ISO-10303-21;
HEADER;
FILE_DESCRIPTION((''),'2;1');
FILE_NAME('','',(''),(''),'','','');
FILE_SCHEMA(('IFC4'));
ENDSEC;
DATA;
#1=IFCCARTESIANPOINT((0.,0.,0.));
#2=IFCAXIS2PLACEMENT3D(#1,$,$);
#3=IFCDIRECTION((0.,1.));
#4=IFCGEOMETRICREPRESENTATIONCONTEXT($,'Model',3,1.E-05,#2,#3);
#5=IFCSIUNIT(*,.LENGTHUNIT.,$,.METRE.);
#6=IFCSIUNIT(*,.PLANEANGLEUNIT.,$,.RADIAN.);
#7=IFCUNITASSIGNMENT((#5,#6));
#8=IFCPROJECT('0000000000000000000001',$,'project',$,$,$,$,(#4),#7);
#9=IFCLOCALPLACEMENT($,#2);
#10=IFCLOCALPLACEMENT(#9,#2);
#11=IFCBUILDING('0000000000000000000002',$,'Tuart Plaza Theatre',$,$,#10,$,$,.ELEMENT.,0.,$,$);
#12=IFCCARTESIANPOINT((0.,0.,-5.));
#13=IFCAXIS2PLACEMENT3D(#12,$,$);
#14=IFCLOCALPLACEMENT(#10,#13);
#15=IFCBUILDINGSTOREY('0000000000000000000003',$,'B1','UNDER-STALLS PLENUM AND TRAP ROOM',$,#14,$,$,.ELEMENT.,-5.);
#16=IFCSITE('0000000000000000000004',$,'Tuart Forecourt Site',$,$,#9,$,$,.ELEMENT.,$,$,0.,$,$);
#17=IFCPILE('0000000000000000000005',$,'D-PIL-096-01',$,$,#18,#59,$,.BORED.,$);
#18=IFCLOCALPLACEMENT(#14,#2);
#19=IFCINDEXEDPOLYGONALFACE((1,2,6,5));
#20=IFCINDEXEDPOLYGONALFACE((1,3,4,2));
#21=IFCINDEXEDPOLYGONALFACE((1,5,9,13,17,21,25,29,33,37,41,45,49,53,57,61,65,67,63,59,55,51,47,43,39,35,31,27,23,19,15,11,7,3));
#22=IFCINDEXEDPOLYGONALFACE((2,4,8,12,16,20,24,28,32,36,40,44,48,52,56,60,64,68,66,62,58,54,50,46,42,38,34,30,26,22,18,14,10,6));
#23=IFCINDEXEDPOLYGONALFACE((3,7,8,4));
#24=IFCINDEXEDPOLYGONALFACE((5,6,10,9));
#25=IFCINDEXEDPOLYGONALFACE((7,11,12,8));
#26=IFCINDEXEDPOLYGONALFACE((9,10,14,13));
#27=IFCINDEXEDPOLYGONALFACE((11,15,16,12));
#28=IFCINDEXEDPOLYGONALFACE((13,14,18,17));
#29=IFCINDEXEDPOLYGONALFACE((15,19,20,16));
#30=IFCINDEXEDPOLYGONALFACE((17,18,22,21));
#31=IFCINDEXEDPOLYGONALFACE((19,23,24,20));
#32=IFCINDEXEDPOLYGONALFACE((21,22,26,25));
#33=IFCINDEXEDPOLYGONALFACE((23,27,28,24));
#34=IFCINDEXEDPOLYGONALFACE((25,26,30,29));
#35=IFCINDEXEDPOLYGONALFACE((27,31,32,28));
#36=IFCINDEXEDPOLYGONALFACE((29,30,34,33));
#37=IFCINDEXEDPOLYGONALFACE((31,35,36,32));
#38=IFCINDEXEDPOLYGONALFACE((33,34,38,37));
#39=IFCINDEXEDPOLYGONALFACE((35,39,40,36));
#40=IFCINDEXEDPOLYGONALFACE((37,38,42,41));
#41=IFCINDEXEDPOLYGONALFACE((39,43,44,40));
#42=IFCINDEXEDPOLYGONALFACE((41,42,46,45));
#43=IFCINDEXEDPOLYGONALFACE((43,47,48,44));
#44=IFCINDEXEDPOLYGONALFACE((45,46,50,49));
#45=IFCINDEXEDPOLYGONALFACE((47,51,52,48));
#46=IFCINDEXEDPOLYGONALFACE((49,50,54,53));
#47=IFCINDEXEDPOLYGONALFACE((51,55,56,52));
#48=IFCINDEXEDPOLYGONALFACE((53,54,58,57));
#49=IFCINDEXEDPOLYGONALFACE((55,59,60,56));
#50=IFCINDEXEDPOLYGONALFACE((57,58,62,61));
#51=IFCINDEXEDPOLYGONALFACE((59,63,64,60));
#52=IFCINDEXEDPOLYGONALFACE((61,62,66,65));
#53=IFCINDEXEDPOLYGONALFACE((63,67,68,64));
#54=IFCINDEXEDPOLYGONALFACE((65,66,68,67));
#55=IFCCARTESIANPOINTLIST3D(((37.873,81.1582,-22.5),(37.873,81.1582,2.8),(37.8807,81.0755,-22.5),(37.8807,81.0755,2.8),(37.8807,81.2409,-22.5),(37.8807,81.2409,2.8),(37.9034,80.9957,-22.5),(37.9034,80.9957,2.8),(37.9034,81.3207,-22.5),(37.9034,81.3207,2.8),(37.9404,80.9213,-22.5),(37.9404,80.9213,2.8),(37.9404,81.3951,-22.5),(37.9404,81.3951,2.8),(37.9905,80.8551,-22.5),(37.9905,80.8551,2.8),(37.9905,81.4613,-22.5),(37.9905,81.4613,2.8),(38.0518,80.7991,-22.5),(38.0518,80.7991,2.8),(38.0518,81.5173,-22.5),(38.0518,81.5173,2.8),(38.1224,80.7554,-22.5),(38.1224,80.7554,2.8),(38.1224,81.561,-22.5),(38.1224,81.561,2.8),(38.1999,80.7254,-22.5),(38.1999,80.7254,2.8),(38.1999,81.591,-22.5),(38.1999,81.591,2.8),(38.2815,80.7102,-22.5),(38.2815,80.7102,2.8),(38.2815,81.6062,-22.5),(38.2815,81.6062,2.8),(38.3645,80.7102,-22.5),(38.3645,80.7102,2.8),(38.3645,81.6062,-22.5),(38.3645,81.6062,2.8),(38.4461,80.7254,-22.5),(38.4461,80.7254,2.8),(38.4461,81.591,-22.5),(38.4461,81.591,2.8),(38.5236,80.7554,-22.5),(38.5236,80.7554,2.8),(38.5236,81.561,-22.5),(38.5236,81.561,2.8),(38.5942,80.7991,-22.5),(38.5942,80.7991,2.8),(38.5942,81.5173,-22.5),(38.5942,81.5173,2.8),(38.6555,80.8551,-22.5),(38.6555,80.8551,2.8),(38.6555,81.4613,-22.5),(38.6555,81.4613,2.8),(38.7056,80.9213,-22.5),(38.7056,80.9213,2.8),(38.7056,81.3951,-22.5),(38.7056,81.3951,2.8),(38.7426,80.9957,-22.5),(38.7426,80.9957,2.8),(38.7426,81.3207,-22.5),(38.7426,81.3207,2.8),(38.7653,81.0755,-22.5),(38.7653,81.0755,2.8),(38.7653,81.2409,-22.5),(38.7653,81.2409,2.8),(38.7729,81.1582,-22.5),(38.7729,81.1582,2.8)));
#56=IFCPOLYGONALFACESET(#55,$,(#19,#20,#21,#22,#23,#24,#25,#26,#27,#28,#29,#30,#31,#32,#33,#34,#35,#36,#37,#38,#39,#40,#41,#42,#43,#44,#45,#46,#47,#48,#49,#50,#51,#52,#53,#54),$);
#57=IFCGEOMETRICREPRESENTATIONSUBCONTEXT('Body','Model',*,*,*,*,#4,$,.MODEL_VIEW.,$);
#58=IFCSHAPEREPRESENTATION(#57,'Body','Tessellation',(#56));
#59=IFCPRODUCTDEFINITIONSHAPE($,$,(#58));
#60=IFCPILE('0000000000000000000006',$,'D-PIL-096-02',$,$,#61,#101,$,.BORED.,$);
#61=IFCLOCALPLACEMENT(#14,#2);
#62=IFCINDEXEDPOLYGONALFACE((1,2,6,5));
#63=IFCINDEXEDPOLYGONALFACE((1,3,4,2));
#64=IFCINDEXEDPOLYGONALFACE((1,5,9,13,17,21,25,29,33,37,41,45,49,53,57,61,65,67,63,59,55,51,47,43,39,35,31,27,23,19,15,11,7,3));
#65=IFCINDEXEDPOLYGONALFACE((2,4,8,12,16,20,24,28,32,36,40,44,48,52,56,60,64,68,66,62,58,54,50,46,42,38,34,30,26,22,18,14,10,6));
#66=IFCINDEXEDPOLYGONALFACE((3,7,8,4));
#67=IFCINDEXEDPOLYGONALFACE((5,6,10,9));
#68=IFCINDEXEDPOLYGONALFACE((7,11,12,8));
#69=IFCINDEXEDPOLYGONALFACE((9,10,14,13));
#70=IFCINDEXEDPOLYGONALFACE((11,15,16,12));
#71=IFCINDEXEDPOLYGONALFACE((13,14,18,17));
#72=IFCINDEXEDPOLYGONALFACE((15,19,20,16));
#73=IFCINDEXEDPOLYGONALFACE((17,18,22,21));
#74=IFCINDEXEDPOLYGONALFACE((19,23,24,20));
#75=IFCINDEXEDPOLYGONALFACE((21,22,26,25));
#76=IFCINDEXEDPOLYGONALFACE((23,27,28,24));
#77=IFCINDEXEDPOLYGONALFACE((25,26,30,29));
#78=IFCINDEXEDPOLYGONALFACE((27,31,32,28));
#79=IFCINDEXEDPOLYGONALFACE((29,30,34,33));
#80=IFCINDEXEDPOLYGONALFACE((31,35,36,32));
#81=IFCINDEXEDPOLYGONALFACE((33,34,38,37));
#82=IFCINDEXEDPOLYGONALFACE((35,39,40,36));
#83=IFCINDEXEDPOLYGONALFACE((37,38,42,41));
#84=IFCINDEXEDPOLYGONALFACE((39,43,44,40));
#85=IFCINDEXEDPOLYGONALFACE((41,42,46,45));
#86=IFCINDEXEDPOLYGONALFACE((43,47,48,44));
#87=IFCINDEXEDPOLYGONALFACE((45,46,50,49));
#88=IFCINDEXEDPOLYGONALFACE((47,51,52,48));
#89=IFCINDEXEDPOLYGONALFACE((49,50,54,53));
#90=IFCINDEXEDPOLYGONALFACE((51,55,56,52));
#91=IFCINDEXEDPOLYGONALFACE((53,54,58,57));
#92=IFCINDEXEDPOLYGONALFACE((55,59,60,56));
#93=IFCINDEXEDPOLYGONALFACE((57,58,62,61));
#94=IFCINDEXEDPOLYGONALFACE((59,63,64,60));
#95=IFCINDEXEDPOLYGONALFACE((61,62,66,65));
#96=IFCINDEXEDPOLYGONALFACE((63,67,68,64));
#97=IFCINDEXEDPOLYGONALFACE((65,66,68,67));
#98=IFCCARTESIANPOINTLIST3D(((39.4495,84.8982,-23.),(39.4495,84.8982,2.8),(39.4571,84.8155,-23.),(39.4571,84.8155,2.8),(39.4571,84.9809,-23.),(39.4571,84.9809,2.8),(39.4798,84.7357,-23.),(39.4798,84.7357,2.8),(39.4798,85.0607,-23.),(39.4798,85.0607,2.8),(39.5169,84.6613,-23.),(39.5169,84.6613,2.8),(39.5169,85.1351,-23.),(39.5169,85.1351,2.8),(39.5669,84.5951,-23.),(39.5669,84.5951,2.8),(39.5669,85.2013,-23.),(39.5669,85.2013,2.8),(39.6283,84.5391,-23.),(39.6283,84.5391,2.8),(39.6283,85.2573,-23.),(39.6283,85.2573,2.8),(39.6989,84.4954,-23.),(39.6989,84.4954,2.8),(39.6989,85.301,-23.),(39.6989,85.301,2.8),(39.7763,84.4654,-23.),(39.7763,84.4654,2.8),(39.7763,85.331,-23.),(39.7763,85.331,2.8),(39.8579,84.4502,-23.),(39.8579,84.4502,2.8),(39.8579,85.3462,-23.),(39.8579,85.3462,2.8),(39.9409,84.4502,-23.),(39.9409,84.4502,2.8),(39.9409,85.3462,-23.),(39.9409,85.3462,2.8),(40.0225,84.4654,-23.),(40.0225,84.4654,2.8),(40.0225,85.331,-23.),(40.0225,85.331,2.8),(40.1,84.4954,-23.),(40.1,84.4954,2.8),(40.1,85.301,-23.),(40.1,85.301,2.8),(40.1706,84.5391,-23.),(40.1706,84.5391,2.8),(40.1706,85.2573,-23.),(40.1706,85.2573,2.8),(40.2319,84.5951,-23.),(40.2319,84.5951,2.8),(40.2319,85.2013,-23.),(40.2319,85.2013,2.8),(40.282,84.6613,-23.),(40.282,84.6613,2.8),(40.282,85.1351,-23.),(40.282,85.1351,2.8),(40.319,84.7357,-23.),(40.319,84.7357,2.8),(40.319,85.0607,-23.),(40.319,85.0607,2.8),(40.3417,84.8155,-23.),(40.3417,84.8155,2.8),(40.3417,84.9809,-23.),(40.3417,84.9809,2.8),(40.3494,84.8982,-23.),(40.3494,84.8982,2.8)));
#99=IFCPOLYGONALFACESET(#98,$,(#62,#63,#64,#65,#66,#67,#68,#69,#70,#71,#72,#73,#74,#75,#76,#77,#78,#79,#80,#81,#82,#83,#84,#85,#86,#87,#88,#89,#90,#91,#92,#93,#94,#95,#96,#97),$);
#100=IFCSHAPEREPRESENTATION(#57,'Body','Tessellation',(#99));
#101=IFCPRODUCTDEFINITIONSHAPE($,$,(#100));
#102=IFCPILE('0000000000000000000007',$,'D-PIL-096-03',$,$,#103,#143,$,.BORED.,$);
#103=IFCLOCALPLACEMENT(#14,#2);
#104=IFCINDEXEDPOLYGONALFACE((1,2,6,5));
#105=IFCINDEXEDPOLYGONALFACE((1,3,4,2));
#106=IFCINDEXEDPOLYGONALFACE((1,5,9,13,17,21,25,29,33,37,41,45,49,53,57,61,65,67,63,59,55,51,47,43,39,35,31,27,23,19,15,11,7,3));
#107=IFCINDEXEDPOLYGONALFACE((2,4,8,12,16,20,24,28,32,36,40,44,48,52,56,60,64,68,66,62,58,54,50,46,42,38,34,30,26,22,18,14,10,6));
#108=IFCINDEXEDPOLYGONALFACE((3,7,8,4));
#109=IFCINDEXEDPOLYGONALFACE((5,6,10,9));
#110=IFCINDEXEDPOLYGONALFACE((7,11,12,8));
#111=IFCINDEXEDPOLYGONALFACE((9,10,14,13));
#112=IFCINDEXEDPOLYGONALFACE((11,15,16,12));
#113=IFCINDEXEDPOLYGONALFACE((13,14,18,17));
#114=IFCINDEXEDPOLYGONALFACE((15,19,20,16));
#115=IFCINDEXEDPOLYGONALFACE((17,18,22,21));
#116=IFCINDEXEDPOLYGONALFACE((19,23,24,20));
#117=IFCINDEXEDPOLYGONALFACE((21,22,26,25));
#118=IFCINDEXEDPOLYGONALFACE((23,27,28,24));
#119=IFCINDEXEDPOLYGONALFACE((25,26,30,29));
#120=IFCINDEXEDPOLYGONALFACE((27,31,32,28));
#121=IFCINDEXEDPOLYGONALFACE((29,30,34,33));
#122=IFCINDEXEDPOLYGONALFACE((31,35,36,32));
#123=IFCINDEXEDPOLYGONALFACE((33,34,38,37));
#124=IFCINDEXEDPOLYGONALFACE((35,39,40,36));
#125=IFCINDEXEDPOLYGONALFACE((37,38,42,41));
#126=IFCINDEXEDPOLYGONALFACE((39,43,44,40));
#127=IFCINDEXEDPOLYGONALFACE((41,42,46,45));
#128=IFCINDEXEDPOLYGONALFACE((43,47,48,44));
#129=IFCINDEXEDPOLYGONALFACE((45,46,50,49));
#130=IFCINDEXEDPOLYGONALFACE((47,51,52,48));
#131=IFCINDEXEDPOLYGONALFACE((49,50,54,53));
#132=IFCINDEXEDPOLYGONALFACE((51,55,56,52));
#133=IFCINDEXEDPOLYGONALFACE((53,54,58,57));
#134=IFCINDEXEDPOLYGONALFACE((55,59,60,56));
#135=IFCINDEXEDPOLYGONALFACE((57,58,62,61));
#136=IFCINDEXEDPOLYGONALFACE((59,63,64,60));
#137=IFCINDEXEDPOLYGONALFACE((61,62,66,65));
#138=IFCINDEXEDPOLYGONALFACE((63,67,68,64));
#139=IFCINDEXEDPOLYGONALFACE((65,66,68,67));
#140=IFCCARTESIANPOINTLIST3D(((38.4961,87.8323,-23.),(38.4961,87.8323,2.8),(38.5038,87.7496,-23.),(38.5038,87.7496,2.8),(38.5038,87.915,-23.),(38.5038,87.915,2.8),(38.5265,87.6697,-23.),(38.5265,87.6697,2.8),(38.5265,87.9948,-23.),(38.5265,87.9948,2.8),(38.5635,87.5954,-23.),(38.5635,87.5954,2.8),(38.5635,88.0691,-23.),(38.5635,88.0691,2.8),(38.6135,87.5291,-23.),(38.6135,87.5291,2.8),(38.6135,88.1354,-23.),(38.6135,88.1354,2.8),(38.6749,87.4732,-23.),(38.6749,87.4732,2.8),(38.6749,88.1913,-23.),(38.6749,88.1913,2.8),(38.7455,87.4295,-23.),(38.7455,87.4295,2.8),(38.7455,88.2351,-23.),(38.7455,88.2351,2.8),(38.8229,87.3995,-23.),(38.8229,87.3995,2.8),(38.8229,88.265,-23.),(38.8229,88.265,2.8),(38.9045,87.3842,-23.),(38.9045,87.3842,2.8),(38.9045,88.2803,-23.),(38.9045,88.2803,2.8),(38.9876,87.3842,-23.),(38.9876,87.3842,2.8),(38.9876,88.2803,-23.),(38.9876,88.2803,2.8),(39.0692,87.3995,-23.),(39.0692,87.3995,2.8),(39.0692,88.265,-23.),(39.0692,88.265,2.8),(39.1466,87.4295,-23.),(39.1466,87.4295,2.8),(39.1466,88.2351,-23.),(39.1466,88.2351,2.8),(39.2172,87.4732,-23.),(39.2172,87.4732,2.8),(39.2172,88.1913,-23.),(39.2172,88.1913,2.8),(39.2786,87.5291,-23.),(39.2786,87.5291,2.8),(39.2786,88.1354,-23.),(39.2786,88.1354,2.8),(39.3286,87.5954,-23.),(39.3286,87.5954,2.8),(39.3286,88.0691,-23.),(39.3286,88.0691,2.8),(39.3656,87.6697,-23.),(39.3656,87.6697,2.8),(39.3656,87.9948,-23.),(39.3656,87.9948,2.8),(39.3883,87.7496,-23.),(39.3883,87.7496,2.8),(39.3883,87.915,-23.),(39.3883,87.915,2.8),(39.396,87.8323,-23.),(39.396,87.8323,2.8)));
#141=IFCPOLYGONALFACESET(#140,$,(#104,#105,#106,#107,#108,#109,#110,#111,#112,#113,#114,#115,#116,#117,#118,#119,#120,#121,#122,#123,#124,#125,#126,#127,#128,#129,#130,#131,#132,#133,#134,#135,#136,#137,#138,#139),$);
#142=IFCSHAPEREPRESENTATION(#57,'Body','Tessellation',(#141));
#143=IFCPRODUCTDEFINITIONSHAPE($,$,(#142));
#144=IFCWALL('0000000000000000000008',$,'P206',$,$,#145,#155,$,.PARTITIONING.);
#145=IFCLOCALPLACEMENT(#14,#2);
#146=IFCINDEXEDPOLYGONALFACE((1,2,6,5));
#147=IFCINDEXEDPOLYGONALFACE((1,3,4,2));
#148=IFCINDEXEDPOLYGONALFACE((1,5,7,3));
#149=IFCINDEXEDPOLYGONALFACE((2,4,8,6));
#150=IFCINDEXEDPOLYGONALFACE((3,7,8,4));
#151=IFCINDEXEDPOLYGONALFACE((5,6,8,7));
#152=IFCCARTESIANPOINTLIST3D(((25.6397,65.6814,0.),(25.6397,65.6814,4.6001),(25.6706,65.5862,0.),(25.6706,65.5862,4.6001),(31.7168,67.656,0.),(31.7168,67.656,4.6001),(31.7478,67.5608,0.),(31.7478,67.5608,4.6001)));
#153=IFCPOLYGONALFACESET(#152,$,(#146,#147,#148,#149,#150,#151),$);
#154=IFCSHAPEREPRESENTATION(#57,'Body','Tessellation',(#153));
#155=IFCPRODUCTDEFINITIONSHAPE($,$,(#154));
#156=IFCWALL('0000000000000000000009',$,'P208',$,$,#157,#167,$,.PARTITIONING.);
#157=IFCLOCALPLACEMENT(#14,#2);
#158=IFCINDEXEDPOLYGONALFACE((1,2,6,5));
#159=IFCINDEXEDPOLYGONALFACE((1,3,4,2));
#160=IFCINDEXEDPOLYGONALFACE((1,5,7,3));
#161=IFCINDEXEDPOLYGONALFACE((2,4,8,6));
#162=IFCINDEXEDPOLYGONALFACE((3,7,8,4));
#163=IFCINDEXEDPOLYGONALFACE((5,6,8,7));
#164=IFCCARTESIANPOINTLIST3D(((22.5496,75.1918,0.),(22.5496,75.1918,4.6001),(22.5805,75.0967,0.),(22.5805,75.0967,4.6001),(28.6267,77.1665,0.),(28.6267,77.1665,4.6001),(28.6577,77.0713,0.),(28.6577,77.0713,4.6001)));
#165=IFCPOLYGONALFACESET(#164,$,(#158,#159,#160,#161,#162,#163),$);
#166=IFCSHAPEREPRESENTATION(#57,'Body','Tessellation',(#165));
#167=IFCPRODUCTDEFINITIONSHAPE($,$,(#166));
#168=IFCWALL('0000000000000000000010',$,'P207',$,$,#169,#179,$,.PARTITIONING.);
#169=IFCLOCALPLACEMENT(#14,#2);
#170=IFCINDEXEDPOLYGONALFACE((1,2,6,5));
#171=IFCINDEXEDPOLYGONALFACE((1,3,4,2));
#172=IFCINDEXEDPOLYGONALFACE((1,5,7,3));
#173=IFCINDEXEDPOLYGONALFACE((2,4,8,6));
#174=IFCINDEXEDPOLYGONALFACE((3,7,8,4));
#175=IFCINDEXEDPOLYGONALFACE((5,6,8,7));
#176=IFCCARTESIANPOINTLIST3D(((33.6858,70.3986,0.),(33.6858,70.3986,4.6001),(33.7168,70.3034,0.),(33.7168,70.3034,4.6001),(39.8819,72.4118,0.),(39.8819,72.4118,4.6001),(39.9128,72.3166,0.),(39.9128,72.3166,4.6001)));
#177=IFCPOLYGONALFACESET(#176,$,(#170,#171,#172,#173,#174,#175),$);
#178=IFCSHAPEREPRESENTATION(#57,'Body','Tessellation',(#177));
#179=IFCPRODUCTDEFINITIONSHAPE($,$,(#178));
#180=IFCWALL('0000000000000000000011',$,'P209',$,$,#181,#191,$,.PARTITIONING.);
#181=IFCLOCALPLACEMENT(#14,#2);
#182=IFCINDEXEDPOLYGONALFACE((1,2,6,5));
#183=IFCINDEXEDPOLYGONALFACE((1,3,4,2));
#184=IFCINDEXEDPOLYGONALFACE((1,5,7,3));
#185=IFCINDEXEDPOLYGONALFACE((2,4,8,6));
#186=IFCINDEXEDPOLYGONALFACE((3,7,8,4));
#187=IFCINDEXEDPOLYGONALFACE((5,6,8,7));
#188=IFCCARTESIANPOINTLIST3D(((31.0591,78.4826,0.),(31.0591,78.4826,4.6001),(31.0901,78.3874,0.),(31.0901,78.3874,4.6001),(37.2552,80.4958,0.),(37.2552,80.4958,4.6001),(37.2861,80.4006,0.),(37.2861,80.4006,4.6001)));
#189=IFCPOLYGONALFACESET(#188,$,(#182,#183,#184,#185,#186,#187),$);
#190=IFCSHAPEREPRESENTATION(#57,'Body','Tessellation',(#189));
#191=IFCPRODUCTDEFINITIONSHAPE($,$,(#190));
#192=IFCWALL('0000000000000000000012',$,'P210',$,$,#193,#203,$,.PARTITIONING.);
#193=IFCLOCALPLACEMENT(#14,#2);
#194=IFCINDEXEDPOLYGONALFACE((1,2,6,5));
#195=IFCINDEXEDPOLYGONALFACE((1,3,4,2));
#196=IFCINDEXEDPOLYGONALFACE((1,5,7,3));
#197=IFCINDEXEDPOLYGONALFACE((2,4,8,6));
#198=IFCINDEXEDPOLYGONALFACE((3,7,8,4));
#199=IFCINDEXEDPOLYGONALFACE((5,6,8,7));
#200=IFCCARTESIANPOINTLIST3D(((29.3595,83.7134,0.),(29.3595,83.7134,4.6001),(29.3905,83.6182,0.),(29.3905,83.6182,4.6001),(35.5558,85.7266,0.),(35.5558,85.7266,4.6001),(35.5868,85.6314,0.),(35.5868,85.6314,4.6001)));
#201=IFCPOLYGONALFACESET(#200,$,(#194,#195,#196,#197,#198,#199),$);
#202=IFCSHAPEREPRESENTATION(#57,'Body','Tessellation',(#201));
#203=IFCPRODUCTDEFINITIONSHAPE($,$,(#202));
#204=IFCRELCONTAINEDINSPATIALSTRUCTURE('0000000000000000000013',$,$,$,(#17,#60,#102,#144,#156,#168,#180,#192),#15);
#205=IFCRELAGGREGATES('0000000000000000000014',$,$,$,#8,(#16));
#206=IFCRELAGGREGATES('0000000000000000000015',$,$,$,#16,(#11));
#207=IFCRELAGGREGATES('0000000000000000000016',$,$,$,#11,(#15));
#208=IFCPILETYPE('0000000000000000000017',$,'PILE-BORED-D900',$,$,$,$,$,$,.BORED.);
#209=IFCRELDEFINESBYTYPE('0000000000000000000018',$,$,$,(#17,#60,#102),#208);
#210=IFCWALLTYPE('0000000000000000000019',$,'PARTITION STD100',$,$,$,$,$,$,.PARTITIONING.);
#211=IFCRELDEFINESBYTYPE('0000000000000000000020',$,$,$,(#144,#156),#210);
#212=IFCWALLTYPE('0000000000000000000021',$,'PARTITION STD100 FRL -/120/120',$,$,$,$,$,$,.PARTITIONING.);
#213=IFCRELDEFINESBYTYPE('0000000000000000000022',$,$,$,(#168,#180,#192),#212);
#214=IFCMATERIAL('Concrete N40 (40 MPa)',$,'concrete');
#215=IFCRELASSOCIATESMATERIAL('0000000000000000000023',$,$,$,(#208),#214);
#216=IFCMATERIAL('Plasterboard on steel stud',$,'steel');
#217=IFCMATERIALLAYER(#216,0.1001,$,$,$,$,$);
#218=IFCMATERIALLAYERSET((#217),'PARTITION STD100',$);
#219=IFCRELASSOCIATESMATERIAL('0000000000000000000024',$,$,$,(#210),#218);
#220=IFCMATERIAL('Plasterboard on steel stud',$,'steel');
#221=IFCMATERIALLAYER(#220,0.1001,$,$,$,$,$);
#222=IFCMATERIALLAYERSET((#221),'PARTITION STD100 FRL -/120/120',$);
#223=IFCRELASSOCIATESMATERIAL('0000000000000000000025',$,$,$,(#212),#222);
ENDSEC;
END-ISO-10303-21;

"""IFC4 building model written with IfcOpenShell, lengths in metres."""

from ifc_helpers import new_model, si_unit, direction, frame, frame_2d, origin, origin_2d, place, context, subcontext, project, spatial, rectangle, circle, extrude, material, layer, layer_set, material_profile, profile_set, type_object, element, save


model = new_model("IFC4")

# Units and contexts
model_context = context("Model", 3, precision=1e-05, world=origin(), true_north=direction((0.0, 1.0)))
body_context = subcontext(model_context, "Body", "Model", "MODEL_VIEW")
ifc_project = project(units=[si_unit("LENGTHUNIT", "METRE"), si_unit("PLANEANGLEUNIT", "RADIAN")], contexts=[model_context])

# Site, building, storey
site_placement = place(None, origin())
site = spatial("IfcSite", under=ifc_project, at=site_placement, Name="Tuart Forecourt Site", CompositionType="ELEMENT", RefElevation=0.0)
building_placement = place(site_placement, origin())
building = spatial("IfcBuilding", under=site, at=building_placement, Name="Tuart Plaza Theatre", CompositionType="ELEMENT", ElevationOfRefHeight=0.0)
storey_placement = place(building_placement, frame((0.0, 0.0, -5.0)))
storey = spatial("IfcBuildingStorey", under=building, at=storey_placement, Name="B1", Description="UNDER-STALLS PLENUM AND TRAP ROOM", CompositionType="ELEMENT", Elevation=-5.0)

# Piles
ifc_material_1 = material(Name="Concrete N40 (40 MPa)", Category="concrete")
ifc_material_profile = material_profile(ifc_material_1, circle(Radius=0.45, at=origin_2d()), Name="PILE-BORED-D900")
ifc_profile_set = profile_set([ifc_material_profile], Name="Concrete N40 (40 MPa)")
pile_type = type_object("IfcPileType", Name="PILE-BORED-D900", PredefinedType="BORED", material=ifc_profile_set)
pile_placement = place(storey_placement, frame((38.323, 81.1582, 2.8), z_axis=(0.0, 0.0, -1.0), x_axis=(1.0, 0.0, 0.0)))
element("IfcPile", 1, at=pile_placement, inside=storey, type_object=pile_type, Name="D-PIL-096-01", PredefinedType="BORED", context=body_context, shape_type="SweptSolid", body=[
    extrude(circle(Radius=0.45, at=origin_2d()), origin(), (0.0, 0.0, 1.0), 25.3),
])
for number, where, z_axis, x_axis, name in (
    (2, (39.8994, 84.8982, 2.8), (0.0, 0.0, -1.0), (1.0, 0.0, 0.0), "D-PIL-096-02"),
    (3, (38.946, 87.8323, 2.8), (0.0, 0.0, -1.0), (1.0, 0.0, 0.0), "D-PIL-096-03"),
):
    element("IfcPile", number, at=place(storey_placement, frame(where, z_axis=z_axis, x_axis=x_axis)), inside=storey, type_object=pile_type, Name=name, PredefinedType="BORED", context=body_context, shape_type="SweptSolid", body=[
        extrude(circle(Radius=0.45, at=origin_2d()), origin(), (0.0, 0.0, 1.0), 25.8),
    ])

# Walls
ifc_material_2 = material(Name="Plasterboard on steel stud", Category="steel")
ifc_layer_1 = layer(ifc_material_2, 0.1001)
ifc_layer_set_1 = layer_set([ifc_layer_1], Name="PARTITION STD100")
wall_type_1 = type_object("IfcWallType", Name="PARTITION STD100", PredefinedType="PARTITIONING", material=ifc_layer_set_1)
for number, where, z_axis, x_axis, name in (
    (4, (25.6553, 65.6338, 0.0), (0.0, 0.0, 1.0), (0.951055, 0.30902, 0.0), "P206"),
    (5, (22.5652, 75.1443, 0.0), (0.0, 0.0, 1.0), (0.951055, 0.30902, 0.0), "P208"),
):
    element("IfcWall", number, at=place(storey_placement, frame(where, z_axis=z_axis, x_axis=x_axis)), inside=storey, type_object=wall_type_1, Name=name, PredefinedType="PARTITIONING", context=body_context, shape_type="SweptSolid", body=[
        extrude(rectangle(XDim=6.3899, YDim=0.1001, at=frame_2d((3.1948, 0.0))), origin(), (0.0, 0.0, 1.0), 4.6001),
    ])
ifc_material_3 = material(Name="Plasterboard on steel stud", Category="steel")
ifc_layer_2 = layer(ifc_material_3, 0.1001)
ifc_layer_set_2 = layer_set([ifc_layer_2], Name="PARTITION STD100 FRL -/120/120")
wall_type_2 = type_object("IfcWallType", Name="PARTITION STD100 FRL -/120/120", PredefinedType="PARTITIONING", material=ifc_layer_set_2)
for number, where, z_axis, x_axis, name in (
    (6, (33.7014, 70.3511, 0.0), (0.0, 0.0, 1.0), (0.951058, 0.309012, 0.0), "P207"),
    (7, (31.0747, 78.4351, 0.0), (0.0, 0.0, 1.0), (0.951058, 0.309012, 0.0), "P209"),
):
    element("IfcWall", number, at=place(storey_placement, frame(where, z_axis=z_axis, x_axis=x_axis)), inside=storey, type_object=wall_type_2, Name=name, PredefinedType="PARTITIONING", context=body_context, shape_type="SweptSolid", body=[
        extrude(rectangle(XDim=6.5149, YDim=0.1001, at=frame_2d((3.2573, 0.0))), origin(), (0.0, 0.0, 1.0), 4.6001),
    ])
wall_1_placement = place(storey_placement, frame((29.375, 83.6658, 0.0), z_axis=(0.0, 0.0, 1.0), x_axis=(0.951062, 0.309001, 0.0)))
element("IfcWall", 8, at=wall_1_placement, inside=storey, type_object=wall_type_2, Name="P210", PredefinedType="PARTITIONING", context=body_context, shape_type="SweptSolid", body=[
    extrude(rectangle(XDim=6.5151, YDim=0.1001, at=frame_2d((3.2576, 0.0))), origin(), (0.0, 0.0, 1.0), 4.6001),
])

save(model, "model.ifc")
